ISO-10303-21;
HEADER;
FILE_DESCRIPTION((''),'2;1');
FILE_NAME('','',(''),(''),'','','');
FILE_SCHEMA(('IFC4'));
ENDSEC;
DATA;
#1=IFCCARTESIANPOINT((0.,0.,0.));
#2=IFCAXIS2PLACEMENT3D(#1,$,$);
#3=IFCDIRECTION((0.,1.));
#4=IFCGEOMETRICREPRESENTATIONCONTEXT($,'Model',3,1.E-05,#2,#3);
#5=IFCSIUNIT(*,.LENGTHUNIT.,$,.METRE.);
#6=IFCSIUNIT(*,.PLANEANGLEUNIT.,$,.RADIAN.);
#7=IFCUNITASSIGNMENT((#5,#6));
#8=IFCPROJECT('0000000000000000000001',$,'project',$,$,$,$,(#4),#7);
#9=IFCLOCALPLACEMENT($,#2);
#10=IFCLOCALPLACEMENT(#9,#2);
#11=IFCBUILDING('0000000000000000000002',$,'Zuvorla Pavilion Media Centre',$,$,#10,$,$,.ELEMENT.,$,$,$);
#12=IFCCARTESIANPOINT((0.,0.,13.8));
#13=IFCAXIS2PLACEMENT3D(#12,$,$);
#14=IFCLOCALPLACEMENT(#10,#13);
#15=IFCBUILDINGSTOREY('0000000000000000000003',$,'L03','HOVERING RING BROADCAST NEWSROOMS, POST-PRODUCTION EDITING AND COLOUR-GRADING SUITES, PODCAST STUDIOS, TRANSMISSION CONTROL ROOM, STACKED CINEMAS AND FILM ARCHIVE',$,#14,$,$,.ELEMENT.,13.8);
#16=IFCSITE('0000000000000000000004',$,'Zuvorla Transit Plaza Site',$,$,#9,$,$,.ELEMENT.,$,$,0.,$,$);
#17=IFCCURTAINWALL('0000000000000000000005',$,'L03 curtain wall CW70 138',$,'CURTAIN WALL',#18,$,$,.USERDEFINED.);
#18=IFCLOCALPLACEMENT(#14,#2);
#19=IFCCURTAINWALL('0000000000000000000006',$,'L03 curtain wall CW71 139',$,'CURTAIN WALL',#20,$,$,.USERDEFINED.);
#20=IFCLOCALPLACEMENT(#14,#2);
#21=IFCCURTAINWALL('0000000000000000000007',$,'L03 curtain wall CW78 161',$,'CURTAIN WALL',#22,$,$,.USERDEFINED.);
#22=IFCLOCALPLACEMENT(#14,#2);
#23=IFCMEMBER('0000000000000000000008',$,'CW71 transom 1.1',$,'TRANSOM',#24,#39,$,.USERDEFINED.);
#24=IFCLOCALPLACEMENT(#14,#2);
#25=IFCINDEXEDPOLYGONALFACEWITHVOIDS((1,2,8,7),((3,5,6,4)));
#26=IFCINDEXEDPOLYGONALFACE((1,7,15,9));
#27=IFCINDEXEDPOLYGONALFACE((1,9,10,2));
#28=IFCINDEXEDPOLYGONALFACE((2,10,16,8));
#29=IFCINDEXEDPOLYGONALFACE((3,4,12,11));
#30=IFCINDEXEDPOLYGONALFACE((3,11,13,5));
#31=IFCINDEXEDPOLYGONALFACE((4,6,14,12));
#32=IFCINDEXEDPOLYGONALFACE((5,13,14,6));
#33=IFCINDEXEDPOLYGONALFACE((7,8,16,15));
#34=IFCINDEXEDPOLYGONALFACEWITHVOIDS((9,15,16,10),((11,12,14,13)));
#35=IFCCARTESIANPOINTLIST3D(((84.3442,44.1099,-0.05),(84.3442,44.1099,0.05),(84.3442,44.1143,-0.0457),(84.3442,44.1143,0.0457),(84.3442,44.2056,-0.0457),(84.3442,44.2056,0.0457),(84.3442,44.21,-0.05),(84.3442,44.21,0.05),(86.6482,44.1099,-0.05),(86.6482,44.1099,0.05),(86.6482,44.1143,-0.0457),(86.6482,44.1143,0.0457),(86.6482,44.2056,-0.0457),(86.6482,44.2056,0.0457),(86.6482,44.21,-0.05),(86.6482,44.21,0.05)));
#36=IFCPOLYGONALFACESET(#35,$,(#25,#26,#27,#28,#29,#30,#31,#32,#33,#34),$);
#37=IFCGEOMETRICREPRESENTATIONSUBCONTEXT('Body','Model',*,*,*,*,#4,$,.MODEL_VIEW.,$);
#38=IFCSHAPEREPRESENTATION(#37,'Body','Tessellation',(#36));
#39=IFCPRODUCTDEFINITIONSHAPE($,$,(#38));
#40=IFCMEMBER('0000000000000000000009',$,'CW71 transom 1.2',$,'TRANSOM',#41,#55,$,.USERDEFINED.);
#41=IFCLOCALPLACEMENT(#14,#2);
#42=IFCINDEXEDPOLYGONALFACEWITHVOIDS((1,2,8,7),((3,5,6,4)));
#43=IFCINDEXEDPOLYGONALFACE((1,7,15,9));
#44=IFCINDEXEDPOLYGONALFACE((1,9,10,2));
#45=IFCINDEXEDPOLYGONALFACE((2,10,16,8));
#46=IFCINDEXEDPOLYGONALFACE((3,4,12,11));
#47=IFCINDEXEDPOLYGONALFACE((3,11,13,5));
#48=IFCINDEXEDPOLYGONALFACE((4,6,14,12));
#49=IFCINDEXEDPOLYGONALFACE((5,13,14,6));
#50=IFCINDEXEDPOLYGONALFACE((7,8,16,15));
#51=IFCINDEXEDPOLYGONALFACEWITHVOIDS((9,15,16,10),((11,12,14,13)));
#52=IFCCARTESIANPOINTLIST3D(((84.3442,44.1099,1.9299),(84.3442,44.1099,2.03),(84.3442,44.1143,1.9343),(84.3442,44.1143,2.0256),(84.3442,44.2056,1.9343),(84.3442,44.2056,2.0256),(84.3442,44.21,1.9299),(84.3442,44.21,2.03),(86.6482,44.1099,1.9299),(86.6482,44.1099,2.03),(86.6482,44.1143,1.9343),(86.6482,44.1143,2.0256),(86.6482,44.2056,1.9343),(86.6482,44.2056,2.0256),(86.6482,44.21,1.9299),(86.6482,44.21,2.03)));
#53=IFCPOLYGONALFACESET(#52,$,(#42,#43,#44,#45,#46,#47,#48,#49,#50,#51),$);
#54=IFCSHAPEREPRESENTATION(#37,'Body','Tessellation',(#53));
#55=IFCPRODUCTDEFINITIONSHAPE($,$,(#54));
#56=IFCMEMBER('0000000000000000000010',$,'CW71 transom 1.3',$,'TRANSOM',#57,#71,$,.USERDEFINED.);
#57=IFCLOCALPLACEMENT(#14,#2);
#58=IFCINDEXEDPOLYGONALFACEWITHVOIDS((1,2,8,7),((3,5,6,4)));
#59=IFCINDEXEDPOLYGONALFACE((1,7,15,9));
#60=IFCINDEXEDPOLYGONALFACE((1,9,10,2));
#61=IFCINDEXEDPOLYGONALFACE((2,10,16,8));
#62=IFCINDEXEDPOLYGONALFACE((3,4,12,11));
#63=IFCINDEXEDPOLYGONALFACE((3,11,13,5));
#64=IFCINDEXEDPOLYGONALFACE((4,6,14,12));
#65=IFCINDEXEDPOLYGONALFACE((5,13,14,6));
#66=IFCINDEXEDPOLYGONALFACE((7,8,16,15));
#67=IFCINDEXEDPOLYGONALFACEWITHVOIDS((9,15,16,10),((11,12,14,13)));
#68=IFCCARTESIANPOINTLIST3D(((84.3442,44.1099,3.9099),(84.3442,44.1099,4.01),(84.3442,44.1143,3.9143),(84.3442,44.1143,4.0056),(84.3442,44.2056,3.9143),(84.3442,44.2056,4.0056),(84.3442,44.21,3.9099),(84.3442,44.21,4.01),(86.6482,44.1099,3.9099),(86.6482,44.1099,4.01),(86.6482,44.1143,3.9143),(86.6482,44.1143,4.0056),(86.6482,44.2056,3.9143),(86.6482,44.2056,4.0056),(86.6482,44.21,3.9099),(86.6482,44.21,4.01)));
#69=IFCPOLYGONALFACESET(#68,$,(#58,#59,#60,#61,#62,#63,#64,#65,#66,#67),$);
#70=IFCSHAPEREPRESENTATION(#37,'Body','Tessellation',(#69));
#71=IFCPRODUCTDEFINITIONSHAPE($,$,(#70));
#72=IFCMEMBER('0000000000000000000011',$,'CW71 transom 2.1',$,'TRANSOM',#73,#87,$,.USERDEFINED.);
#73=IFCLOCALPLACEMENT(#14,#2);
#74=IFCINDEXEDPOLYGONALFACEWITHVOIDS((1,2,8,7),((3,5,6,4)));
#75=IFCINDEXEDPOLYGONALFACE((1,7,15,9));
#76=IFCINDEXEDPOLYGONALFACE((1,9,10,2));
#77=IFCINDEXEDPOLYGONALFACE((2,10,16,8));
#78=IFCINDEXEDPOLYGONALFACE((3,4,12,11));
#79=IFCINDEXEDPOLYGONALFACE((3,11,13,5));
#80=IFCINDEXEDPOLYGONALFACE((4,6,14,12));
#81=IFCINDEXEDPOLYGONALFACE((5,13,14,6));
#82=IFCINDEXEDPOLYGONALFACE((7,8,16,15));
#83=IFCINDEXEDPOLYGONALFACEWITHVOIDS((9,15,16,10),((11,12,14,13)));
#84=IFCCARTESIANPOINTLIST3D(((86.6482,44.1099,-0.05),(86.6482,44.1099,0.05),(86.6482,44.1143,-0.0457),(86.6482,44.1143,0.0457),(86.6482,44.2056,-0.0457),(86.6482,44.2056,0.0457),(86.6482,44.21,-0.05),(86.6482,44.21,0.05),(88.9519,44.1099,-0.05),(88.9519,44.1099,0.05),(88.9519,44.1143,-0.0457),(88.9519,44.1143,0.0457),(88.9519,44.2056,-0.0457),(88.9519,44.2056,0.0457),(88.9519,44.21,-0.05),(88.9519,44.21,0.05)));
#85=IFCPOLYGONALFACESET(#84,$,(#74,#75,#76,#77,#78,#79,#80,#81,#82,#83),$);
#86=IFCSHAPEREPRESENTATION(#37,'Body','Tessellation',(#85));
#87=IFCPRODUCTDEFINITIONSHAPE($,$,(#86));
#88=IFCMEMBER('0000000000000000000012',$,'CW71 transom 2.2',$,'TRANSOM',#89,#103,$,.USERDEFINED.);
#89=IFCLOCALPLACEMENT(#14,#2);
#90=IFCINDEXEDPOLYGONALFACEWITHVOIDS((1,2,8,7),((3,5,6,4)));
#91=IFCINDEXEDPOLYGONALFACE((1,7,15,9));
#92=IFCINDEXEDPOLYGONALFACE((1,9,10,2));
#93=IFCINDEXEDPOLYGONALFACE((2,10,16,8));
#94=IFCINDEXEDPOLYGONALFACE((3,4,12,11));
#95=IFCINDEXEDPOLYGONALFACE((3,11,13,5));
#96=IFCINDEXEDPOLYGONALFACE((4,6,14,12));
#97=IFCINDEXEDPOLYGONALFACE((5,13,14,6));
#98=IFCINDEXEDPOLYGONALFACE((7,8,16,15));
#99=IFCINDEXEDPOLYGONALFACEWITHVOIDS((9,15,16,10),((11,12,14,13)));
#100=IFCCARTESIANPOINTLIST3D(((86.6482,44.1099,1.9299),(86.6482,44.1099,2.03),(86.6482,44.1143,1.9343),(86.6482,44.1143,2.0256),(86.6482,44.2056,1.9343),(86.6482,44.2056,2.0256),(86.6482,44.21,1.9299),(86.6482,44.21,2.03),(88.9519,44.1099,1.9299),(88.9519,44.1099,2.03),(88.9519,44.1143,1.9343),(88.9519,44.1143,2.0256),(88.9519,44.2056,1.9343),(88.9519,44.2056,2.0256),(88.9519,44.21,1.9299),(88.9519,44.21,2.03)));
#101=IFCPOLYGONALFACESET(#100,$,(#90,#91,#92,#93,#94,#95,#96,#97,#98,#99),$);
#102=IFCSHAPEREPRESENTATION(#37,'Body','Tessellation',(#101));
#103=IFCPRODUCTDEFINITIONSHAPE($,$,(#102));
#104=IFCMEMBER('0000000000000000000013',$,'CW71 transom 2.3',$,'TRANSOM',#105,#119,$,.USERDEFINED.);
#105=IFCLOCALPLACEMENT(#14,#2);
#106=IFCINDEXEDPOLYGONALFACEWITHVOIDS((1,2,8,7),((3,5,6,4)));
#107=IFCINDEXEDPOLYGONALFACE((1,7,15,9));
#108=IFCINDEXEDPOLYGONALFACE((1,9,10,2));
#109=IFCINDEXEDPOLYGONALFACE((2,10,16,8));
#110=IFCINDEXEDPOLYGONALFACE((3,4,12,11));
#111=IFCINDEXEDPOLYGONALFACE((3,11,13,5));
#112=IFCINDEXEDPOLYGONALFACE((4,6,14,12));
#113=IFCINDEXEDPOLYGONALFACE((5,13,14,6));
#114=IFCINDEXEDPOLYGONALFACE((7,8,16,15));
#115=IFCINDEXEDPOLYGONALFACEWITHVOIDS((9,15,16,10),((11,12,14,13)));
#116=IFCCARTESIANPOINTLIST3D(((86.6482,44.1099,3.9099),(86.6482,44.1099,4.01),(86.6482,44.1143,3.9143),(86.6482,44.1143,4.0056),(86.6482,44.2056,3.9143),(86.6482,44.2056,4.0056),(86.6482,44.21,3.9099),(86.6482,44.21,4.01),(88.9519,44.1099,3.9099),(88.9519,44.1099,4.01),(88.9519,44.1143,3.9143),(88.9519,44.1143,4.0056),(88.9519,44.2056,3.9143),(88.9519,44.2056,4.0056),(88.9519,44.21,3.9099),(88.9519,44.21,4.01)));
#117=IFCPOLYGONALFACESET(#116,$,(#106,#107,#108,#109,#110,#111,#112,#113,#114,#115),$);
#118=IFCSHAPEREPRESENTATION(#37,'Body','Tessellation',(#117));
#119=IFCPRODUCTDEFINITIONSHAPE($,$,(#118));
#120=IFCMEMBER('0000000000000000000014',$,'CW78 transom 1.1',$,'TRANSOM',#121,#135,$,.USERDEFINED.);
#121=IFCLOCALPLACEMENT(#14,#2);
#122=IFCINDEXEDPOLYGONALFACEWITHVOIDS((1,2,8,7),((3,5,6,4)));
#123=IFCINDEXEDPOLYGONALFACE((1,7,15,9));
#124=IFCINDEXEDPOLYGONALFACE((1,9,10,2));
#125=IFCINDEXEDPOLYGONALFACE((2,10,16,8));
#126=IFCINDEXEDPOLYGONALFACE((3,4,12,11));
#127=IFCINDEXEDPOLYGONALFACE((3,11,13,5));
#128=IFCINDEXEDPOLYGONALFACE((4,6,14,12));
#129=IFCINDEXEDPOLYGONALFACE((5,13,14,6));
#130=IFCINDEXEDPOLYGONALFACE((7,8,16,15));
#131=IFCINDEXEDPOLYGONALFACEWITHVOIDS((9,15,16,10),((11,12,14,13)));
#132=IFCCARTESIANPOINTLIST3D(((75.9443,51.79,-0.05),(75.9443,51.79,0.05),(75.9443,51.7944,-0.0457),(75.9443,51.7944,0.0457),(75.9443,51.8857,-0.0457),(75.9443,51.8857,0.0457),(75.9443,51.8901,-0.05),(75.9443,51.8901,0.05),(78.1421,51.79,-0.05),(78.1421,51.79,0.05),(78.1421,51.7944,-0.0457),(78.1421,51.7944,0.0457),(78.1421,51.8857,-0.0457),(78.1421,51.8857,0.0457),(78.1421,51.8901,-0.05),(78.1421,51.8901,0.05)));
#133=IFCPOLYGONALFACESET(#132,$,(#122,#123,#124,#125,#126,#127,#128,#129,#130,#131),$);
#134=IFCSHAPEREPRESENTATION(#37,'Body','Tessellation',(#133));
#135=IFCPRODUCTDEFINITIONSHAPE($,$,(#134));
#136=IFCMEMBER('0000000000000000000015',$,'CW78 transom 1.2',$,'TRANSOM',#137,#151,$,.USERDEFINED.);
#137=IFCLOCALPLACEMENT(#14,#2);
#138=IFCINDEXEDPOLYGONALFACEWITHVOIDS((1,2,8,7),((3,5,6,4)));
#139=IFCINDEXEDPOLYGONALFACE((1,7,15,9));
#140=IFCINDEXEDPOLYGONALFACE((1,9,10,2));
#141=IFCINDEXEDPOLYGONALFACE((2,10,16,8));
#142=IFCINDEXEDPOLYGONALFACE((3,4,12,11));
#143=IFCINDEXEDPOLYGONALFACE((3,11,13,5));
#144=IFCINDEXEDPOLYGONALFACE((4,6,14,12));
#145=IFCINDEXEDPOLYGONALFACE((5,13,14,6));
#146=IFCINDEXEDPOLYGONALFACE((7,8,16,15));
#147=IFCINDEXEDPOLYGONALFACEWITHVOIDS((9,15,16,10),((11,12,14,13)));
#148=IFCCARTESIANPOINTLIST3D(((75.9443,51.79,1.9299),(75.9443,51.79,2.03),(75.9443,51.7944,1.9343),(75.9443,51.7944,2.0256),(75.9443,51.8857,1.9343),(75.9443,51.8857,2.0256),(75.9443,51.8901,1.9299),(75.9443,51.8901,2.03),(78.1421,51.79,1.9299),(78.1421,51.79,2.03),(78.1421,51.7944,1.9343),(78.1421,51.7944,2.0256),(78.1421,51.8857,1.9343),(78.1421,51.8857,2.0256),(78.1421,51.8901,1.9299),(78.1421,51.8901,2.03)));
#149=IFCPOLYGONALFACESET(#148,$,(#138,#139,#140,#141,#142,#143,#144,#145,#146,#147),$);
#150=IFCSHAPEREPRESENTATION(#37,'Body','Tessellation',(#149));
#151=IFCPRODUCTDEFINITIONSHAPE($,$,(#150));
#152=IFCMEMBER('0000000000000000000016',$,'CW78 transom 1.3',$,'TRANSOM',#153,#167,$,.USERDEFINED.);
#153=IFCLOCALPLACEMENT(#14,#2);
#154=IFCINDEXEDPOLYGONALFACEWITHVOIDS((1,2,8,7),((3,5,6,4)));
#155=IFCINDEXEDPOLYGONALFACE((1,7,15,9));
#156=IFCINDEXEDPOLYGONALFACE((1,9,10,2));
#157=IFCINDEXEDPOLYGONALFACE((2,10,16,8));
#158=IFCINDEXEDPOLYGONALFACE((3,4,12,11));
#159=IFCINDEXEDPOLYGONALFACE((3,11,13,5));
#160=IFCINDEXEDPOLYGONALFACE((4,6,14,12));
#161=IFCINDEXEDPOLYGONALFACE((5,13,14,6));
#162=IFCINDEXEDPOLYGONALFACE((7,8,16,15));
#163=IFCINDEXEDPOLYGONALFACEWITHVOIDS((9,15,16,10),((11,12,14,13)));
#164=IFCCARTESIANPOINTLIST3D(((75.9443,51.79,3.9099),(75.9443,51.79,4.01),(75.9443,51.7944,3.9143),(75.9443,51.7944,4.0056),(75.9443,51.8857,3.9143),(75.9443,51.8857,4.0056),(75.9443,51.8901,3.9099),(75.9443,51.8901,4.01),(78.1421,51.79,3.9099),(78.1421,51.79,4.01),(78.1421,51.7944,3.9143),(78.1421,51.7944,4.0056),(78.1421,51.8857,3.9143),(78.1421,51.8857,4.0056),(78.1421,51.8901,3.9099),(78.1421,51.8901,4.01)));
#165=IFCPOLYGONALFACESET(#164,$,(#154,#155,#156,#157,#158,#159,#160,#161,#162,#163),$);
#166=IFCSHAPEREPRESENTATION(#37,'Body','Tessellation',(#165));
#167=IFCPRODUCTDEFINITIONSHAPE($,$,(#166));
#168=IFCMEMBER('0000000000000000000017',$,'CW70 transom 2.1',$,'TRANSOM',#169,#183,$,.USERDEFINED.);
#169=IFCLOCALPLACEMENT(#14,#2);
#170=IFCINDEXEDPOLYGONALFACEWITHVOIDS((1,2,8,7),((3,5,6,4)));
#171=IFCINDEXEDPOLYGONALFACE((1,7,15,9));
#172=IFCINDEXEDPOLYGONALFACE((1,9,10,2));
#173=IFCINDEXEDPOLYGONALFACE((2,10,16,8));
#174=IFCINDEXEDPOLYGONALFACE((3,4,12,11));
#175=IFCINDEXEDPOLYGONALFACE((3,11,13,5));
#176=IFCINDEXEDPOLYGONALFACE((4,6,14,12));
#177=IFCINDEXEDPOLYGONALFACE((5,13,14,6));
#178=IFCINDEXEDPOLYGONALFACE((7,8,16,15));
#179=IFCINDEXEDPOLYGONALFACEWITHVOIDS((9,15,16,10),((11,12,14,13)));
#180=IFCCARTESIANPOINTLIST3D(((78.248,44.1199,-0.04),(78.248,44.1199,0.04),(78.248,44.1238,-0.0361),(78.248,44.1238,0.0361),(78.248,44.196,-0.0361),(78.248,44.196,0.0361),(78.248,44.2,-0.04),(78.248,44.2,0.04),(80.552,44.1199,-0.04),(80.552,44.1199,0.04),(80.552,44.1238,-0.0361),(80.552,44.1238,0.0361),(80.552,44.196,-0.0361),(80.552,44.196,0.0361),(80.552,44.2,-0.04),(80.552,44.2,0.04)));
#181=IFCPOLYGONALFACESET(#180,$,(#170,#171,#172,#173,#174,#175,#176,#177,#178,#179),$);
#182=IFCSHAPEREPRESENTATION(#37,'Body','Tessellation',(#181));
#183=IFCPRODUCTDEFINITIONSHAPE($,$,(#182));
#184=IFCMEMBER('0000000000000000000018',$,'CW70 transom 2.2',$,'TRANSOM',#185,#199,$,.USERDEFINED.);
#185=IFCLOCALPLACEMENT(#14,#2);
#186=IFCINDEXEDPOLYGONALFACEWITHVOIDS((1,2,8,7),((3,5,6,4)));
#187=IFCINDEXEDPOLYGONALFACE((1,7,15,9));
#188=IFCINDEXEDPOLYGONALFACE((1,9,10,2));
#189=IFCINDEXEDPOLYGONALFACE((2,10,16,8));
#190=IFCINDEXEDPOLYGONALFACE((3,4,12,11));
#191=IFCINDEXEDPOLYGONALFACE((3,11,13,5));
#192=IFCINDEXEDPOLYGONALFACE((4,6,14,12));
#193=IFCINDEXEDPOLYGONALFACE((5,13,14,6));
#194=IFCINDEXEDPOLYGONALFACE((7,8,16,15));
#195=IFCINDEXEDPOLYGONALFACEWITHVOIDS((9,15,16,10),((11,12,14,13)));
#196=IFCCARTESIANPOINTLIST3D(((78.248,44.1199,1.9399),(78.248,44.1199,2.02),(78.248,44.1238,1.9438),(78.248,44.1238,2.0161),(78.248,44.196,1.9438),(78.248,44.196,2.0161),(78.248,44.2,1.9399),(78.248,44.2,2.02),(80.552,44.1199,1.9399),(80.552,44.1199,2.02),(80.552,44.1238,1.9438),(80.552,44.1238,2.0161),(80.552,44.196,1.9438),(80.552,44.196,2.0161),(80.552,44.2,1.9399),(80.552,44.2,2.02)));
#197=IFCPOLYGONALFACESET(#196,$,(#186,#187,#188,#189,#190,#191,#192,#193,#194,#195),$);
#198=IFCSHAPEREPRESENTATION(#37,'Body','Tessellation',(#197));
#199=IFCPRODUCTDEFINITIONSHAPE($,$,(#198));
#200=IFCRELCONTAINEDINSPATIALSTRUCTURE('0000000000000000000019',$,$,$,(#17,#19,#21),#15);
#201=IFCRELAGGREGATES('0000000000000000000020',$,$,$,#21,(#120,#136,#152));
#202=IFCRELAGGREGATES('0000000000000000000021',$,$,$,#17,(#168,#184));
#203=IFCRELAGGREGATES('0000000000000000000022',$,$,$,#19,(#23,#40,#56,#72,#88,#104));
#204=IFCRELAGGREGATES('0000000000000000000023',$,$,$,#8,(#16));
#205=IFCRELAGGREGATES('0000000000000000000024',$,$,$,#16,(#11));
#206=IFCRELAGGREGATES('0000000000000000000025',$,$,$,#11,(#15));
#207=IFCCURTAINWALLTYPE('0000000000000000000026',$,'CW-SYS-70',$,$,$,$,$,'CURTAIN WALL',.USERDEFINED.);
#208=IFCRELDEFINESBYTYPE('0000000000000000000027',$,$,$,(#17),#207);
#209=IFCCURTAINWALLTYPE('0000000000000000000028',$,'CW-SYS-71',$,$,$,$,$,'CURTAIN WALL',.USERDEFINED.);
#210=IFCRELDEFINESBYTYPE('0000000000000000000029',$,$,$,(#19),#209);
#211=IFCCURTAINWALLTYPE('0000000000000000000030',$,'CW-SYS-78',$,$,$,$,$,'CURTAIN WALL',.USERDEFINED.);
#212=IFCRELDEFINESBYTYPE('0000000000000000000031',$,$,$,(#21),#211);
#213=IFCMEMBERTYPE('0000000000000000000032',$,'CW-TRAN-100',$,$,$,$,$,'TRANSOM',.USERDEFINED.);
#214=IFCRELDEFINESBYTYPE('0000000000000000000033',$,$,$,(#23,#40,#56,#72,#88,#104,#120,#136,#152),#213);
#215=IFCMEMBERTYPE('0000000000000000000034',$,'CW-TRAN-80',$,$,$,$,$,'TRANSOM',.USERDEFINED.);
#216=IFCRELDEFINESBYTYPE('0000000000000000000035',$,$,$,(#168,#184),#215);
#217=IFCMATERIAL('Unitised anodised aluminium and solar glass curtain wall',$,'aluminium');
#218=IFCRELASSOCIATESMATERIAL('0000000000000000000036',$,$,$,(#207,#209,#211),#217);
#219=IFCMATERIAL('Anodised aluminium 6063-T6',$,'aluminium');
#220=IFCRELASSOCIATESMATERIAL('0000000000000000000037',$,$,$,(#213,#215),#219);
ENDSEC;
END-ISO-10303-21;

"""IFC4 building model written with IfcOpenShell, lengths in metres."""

from ifc_helpers import new_model, si_unit, direction, frame, origin, origin_2d, place, context, subcontext, project, spatial, hollow_rectangle, extrude, material, material_profile, profile_set, type_object, element, aggregate, save


model = new_model("IFC4")

# Units and contexts
model_context = context("Model", 3, precision=1e-05, world=origin(), true_north=direction((0.0, 1.0)))
body_context = subcontext(model_context, "Body", "Model", "MODEL_VIEW")
ifc_project = project(units=[si_unit("LENGTHUNIT", "METRE"), si_unit("PLANEANGLEUNIT", "RADIAN")], contexts=[model_context])

# Site, building, storey
site_placement = place(None, origin())
site = spatial("IfcSite", under=ifc_project, at=site_placement, Name="Zuvorla Transit Plaza Site", CompositionType="ELEMENT", RefElevation=0.0)
building_placement = place(site_placement, origin())
building = spatial("IfcBuilding", under=site, at=building_placement, Name="Zuvorla Pavilion Media Centre", CompositionType="ELEMENT")
storey_placement = place(building_placement, frame((0.0, 0.0, 13.8)))
storey = spatial("IfcBuildingStorey", under=building, at=storey_placement, Name="L03", Description="HOVERING RING BROADCAST NEWSROOMS, POST-PRODUCTION EDITING AND COLOUR-GRADING SUITES, PODCAST STUDIOS, TRANSMISSION CONTROL ROOM, STACKED CINEMAS AND FILM ARCHIVE", CompositionType="ELEMENT", Elevation=13.8)

# Curtain walls
ifc_material_1 = material(Name="Unitised anodised aluminium and solar glass curtain wall", Category="aluminium")
curtain_wall_type_1 = type_object("IfcCurtainWallType", Name="CW-SYS-70", ElementType="CURTAIN WALL", PredefinedType="USERDEFINED", material=ifc_material_1)
curtain_wall_1_placement = place(storey_placement, origin())
curtain_wall_1 = element("IfcCurtainWall", 1, at=curtain_wall_1_placement, inside=storey, type_object=curtain_wall_type_1, Name="L03 curtain wall CW70 138", ObjectType="CURTAIN WALL", PredefinedType="USERDEFINED")
ifc_material_2 = material(Name="Anodised aluminium 6063-T6", Category="aluminium")
curtain_wall_type_2 = type_object("IfcCurtainWallType", Name="CW-SYS-71", ElementType="CURTAIN WALL", PredefinedType="USERDEFINED", material=ifc_material_1)
curtain_wall_2_placement = place(storey_placement, origin())
curtain_wall_2 = element("IfcCurtainWall", 2, at=curtain_wall_2_placement, inside=storey, type_object=curtain_wall_type_2, Name="L03 curtain wall CW71 139", ObjectType="CURTAIN WALL", PredefinedType="USERDEFINED")

# Curtain wall
curtain_wall_type_3 = type_object("IfcCurtainWallType", Name="CW-SYS-78", ElementType="CURTAIN WALL", PredefinedType="USERDEFINED", material=ifc_material_1)
curtain_wall_3_placement = place(storey_placement, origin())
curtain_wall_3 = element("IfcCurtainWall", 3, at=curtain_wall_3_placement, inside=storey, type_object=curtain_wall_type_3, Name="L03 curtain wall CW78 161", ObjectType="CURTAIN WALL", PredefinedType="USERDEFINED")

# Members
ifc_material_profile_1 = material_profile(ifc_material_2, hollow_rectangle(XDim=0.1001, YDim=0.1001, WallThickness=0.0044, at=origin_2d()), Name="ALU TRAN 100x100")
ifc_profile_set_1 = profile_set([ifc_material_profile_1], Name="Anodised aluminium 6063-T6")
member_type_1 = type_object("IfcMemberType", Name="CW-TRAN-100", ElementType="TRANSOM", PredefinedType="USERDEFINED", material=ifc_profile_set_1)
member_1_placement = place(storey_placement, frame((84.3442, 44.1599, 0.0), z_axis=(1.0, 0.0, 0.0), x_axis=(0.0, 1.0, 0.0)))
member_1 = element("IfcMember", 4, at=member_1_placement, type_object=member_type_1, Name="CW71 transom 1.1", ObjectType="TRANSOM", PredefinedType="USERDEFINED", context=body_context, shape_type="SweptSolid", body=[
    extrude(hollow_rectangle(XDim=0.1001, YDim=0.1001, WallThickness=0.0044, at=origin_2d()), origin(), (0.0, 0.0, 1.0), 2.304),
])
member_2_placement = place(storey_placement, frame((84.3442, 44.1599, 1.98), z_axis=(1.0, 0.0, 0.0), x_axis=(0.0, 1.0, 0.0)))
member_2 = element("IfcMember", 5, at=member_2_placement, type_object=member_type_1, Name="CW71 transom 1.2", ObjectType="TRANSOM", PredefinedType="USERDEFINED", context=body_context, shape_type="SweptSolid", body=[
    extrude(hollow_rectangle(XDim=0.1001, YDim=0.1001, WallThickness=0.0044, at=origin_2d()), origin(), (0.0, 0.0, 1.0), 2.304),
])
member_3_placement = place(storey_placement, frame((84.3442, 44.1599, 3.96), z_axis=(1.0, 0.0, 0.0), x_axis=(0.0, 1.0, 0.0)))
member_3 = element("IfcMember", 6, at=member_3_placement, type_object=member_type_1, Name="CW71 transom 1.3", ObjectType="TRANSOM", PredefinedType="USERDEFINED", context=body_context, shape_type="SweptSolid", body=[
    extrude(hollow_rectangle(XDim=0.1001, YDim=0.1001, WallThickness=0.0044, at=origin_2d()), origin(), (0.0, 0.0, 1.0), 2.304),
])
member_4_placement = place(storey_placement, frame((86.6482, 44.1599, 0.0), z_axis=(1.0, 0.0, 0.0), x_axis=(0.0, 1.0, 0.0)))
member_4 = element("IfcMember", 7, at=member_4_placement, type_object=member_type_1, Name="CW71 transom 2.1", ObjectType="TRANSOM", PredefinedType="USERDEFINED", context=body_context, shape_type="SweptSolid", body=[
    extrude(hollow_rectangle(XDim=0.1001, YDim=0.1001, WallThickness=0.0044, at=origin_2d()), origin(), (0.0, 0.0, 1.0), 2.3037),
])
member_5_placement = place(storey_placement, frame((86.6482, 44.1599, 1.98), z_axis=(1.0, 0.0, 0.0), x_axis=(0.0, 1.0, 0.0)))
member_5 = element("IfcMember", 8, at=member_5_placement, type_object=member_type_1, Name="CW71 transom 2.2", ObjectType="TRANSOM", PredefinedType="USERDEFINED", context=body_context, shape_type="SweptSolid", body=[
    extrude(hollow_rectangle(XDim=0.1001, YDim=0.1001, WallThickness=0.0044, at=origin_2d()), origin(), (0.0, 0.0, 1.0), 2.3037),
])
member_6_placement = place(storey_placement, frame((86.6482, 44.1599, 3.96), z_axis=(1.0, 0.0, 0.0), x_axis=(0.0, 1.0, 0.0)))
member_6 = element("IfcMember", 9, at=member_6_placement, type_object=member_type_1, Name="CW71 transom 2.3", ObjectType="TRANSOM", PredefinedType="USERDEFINED", context=body_context, shape_type="SweptSolid", body=[
    extrude(hollow_rectangle(XDim=0.1001, YDim=0.1001, WallThickness=0.0044, at=origin_2d()), origin(), (0.0, 0.0, 1.0), 2.3037),
])
member_7_placement = place(storey_placement, frame((75.9443, 51.8401, 0.0), z_axis=(1.0, 0.0, 0.0), x_axis=(0.0, 1.0, 0.0)))
member_7 = element("IfcMember", 10, at=member_7_placement, type_object=member_type_1, Name="CW78 transom 1.1", ObjectType="TRANSOM", PredefinedType="USERDEFINED", context=body_context, shape_type="SweptSolid", body=[
    extrude(hollow_rectangle(XDim=0.1001, YDim=0.1001, WallThickness=0.0044, at=origin_2d()), origin(), (0.0, 0.0, 1.0), 2.1978),
])
member_8_placement = place(storey_placement, frame((75.9443, 51.8401, 1.98), z_axis=(1.0, 0.0, 0.0), x_axis=(0.0, 1.0, 0.0)))
member_8 = element("IfcMember", 11, at=member_8_placement, type_object=member_type_1, Name="CW78 transom 1.2", ObjectType="TRANSOM", PredefinedType="USERDEFINED", context=body_context, shape_type="SweptSolid", body=[
    extrude(hollow_rectangle(XDim=0.1001, YDim=0.1001, WallThickness=0.0044, at=origin_2d()), origin(), (0.0, 0.0, 1.0), 2.1978),
])
member_9_placement = place(storey_placement, frame((75.9443, 51.8401, 3.96), z_axis=(1.0, 0.0, 0.0), x_axis=(0.0, 1.0, 0.0)))
member_9 = element("IfcMember", 12, at=member_9_placement, type_object=member_type_1, Name="CW78 transom 1.3", ObjectType="TRANSOM", PredefinedType="USERDEFINED", context=body_context, shape_type="SweptSolid", body=[
    extrude(hollow_rectangle(XDim=0.1001, YDim=0.1001, WallThickness=0.0044, at=origin_2d()), origin(), (0.0, 0.0, 1.0), 2.1978),
])
aggregate(curtain_wall_3, [member_7, member_8, member_9])
ifc_material_profile_2 = material_profile(ifc_material_2, hollow_rectangle(XDim=0.0801, YDim=0.0801, WallThickness=0.0039, at=origin_2d()), Name="ALU TRAN 80x80")
ifc_profile_set_2 = profile_set([ifc_material_profile_2], Name="Anodised aluminium 6063-T6")
member_type_2 = type_object("IfcMemberType", Name="CW-TRAN-80", ElementType="TRANSOM", PredefinedType="USERDEFINED", material=ifc_profile_set_2)
member_10_placement = place(storey_placement, frame((78.248, 44.1599, 0.0), z_axis=(1.0, 0.0, 0.0), x_axis=(0.0, 1.0, 0.0)))
member_10 = element("IfcMember", 13, at=member_10_placement, type_object=member_type_2, Name="CW70 transom 2.1", ObjectType="TRANSOM", PredefinedType="USERDEFINED", context=body_context, shape_type="SweptSolid", body=[
    extrude(hollow_rectangle(XDim=0.0801, YDim=0.0801, WallThickness=0.0039, at=origin_2d()), origin(), (0.0, 0.0, 1.0), 2.304),
])
member_11_placement = place(storey_placement, frame((78.248, 44.1599, 1.98), z_axis=(1.0, 0.0, 0.0), x_axis=(0.0, 1.0, 0.0)))
member_11 = element("IfcMember", 14, at=member_11_placement, type_object=member_type_2, Name="CW70 transom 2.2", ObjectType="TRANSOM", PredefinedType="USERDEFINED", context=body_context, shape_type="SweptSolid", body=[
    extrude(hollow_rectangle(XDim=0.0801, YDim=0.0801, WallThickness=0.0039, at=origin_2d()), origin(), (0.0, 0.0, 1.0), 2.304),
])

aggregate(curtain_wall_1, [member_10, member_11])
aggregate(curtain_wall_2, [member_1, member_2, member_3, member_4, member_5, member_6])

save(model, "model.ifc")
